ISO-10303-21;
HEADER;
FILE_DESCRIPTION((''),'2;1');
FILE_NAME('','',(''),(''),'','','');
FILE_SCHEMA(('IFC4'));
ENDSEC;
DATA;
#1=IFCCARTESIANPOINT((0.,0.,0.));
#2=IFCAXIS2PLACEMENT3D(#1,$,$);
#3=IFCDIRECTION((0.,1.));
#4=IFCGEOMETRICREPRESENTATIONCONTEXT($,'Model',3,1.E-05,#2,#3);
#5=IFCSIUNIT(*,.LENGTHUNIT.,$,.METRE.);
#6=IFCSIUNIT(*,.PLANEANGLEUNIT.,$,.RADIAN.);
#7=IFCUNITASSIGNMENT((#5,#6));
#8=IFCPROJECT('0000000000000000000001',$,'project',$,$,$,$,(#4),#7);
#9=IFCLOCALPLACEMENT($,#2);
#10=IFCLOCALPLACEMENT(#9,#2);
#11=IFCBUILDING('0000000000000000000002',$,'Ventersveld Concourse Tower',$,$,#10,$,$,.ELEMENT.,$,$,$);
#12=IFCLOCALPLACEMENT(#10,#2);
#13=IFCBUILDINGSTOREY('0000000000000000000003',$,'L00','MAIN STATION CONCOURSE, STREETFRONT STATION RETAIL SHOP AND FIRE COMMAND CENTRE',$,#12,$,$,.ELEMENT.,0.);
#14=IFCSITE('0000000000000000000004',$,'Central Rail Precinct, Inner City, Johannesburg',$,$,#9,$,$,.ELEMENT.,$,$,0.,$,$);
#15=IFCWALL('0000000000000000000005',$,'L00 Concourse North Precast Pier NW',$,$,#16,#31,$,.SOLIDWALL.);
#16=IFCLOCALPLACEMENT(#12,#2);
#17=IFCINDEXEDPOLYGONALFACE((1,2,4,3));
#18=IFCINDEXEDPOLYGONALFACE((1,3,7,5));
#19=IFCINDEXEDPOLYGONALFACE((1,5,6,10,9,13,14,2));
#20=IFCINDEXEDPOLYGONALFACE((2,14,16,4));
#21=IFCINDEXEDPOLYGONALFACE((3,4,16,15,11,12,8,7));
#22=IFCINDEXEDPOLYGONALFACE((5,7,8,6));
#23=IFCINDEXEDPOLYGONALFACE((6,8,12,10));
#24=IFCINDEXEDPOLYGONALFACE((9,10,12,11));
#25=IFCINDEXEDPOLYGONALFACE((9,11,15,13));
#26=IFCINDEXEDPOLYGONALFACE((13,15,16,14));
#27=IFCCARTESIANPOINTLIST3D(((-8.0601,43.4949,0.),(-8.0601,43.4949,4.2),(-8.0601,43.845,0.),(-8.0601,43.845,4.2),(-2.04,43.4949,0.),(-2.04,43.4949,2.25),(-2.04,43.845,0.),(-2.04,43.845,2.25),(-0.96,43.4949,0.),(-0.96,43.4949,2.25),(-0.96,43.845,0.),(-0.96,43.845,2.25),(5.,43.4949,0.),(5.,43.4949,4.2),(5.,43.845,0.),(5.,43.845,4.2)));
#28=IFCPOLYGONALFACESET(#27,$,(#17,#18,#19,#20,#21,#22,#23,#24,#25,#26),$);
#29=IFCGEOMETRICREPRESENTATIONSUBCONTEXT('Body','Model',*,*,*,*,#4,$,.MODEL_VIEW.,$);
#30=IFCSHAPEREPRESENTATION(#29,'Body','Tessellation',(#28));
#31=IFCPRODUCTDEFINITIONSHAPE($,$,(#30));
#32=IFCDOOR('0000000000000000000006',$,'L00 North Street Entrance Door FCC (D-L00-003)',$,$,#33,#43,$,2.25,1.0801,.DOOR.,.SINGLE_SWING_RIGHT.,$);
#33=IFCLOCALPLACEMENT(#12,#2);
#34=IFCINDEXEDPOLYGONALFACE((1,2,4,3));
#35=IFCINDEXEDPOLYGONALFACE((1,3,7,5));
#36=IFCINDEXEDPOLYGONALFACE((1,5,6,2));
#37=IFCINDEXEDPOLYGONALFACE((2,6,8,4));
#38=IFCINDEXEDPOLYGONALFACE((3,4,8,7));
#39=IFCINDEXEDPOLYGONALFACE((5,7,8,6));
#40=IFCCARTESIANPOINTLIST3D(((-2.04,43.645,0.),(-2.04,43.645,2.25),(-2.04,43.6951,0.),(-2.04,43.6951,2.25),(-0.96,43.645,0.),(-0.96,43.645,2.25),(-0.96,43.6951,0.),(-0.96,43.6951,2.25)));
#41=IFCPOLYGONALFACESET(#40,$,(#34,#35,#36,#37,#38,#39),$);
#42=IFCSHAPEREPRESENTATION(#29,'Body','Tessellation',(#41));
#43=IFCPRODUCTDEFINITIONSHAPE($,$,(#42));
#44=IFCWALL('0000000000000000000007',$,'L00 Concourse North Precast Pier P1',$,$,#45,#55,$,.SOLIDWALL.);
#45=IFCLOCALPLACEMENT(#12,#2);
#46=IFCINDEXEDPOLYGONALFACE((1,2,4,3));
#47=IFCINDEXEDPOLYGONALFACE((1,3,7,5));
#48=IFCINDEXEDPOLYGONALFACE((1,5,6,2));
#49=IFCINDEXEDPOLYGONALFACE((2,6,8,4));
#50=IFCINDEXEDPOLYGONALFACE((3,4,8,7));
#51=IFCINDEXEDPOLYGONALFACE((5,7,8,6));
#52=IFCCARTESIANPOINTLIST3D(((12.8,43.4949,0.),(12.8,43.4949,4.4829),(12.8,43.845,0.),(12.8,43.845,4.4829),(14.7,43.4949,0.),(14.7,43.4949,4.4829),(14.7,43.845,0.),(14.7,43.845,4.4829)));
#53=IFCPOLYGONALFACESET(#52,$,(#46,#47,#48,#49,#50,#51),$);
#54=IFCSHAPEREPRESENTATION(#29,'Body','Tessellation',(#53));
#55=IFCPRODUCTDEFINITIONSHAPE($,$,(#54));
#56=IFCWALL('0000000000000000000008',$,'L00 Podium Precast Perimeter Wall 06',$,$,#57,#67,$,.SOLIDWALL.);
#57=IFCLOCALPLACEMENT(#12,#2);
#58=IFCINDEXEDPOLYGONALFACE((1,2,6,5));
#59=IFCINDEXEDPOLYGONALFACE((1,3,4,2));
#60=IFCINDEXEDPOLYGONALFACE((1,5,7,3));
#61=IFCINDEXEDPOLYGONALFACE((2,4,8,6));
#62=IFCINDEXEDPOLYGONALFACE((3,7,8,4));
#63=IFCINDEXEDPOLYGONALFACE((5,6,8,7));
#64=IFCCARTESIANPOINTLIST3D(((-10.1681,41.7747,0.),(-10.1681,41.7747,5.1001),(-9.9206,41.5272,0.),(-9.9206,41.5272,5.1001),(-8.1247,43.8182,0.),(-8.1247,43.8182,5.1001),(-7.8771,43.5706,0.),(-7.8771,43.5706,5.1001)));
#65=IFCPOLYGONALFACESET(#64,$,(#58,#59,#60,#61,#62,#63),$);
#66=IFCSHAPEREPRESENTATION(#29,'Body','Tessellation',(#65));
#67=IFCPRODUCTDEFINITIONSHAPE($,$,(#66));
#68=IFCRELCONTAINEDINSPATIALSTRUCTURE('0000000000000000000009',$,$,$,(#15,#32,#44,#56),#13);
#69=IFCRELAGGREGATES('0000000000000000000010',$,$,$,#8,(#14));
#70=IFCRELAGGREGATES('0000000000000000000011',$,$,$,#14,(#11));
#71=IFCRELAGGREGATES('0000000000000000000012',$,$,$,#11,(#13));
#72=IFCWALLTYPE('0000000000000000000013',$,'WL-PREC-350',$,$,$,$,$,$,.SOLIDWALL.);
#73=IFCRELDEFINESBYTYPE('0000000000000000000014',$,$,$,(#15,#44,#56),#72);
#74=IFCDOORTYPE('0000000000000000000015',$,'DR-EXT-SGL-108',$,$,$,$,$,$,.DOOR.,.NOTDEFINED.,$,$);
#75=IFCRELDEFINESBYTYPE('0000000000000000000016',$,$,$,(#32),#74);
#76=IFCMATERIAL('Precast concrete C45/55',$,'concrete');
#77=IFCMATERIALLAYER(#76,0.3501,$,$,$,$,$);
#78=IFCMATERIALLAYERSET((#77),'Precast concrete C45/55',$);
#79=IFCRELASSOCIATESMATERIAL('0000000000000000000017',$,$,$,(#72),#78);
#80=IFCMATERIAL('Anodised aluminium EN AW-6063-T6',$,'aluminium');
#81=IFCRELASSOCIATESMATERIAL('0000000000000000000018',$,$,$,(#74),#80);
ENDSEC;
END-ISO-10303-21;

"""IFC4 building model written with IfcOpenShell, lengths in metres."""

from ifc_helpers import new_model, si_unit, direction, frame, frame_2d, origin, place, context, subcontext, project, spatial, rectangle, extrude, material, layer, layer_set, type_object, element, fill, save


model = new_model("IFC4")

# Units and contexts
model_context = context("Model", 3, precision=1e-05, world=origin(), true_north=direction((0.0, 1.0)))
body_context = subcontext(model_context, "Body", "Model", "MODEL_VIEW")
ifc_project = project(units=[si_unit("LENGTHUNIT", "METRE"), si_unit("PLANEANGLEUNIT", "RADIAN")], contexts=[model_context])

# Site, building, storey
site_placement = place(None, origin())
site = spatial("IfcSite", under=ifc_project, at=site_placement, Name="Central Rail Precinct, Inner City, Johannesburg", CompositionType="ELEMENT", RefElevation=0.0)
building_placement = place(site_placement, origin())
building = spatial("IfcBuilding", under=site, at=building_placement, Name="Ventersveld Concourse Tower", CompositionType="ELEMENT")
storey_placement = place(building_placement, origin())
storey = spatial("IfcBuildingStorey", under=building, at=storey_placement, Name="L00", Description="MAIN STATION CONCOURSE, STREETFRONT STATION RETAIL SHOP AND FIRE COMMAND CENTRE", CompositionType="ELEMENT", Elevation=0.0)

# Shared definitions
ifc_material_1 = material(Name="Anodised aluminium EN AW-6063-T6", Category="aluminium")

# Wall, opening, door
ifc_material_2 = material(Name="Precast concrete C45/55", Category="concrete")
ifc_layer_1 = layer(ifc_material_2, 0.3501)
ifc_layer_set_1 = layer_set([ifc_layer_1], Name="Precast concrete C45/55")
wall_type_1 = type_object("IfcWallType", Name="WL-PREC-350", PredefinedType="SOLIDWALL", material=ifc_layer_set_1)
wall_1_placement = place(storey_placement, frame((-8.0601, 43.6699, 0.0), z_axis=(0.0, 0.0, 1.0), x_axis=(1.0, 0.0, 0.0)))
wall_1 = element("IfcWall", 1, at=wall_1_placement, inside=storey, type_object=wall_type_1, Name="L00 Concourse North Precast Pier NW", PredefinedType="SOLIDWALL", context=body_context, shape_type="SweptSolid", body=[
    extrude(rectangle(XDim=13.0601, YDim=0.3501, at=frame_2d((6.53, 0.0))), origin(), (0.0, 0.0, 1.0), 4.2),
])
opening_placement = place(wall_1_placement, frame((6.02, 0.0, 0.0)))
opening = element("IfcOpeningElement", 2, at=opening_placement, cuts=wall_1, PredefinedType="OPENING", context=body_context, shape_type="SweptSolid", body=[
    extrude(rectangle(XDim=1.0801, YDim=2.25, at=frame_2d((0.54, 1.125))), frame((0.0, 0.1851, 0.0), z_axis=(0.0, -1.0, 0.0), x_axis=(1.0, 0.0, 0.0)), (0.0, 0.0, 1.0), 0.3701),
])
door_type = type_object("IfcDoorType", Name="DR-EXT-SGL-108", OperationType="NOTDEFINED", PredefinedType="DOOR", material=ifc_material_1)
door_placement = place(opening_placement, frame((1.0801, 0.0, 0.0), z_axis=(0.0, 0.0, 1.0), x_axis=(-1.0, 0.0, 0.0)))
door = element("IfcDoor", 3, at=door_placement, inside=storey, type_object=door_type, Name="L00 North Street Entrance Door FCC (D-L00-003)", OperationType="SINGLE_SWING_RIGHT", OverallHeight=2.25, OverallWidth=1.0801, PredefinedType="DOOR", context=body_context, shape_type="SweptSolid", body=[
    extrude(rectangle(XDim=1.0801, YDim=2.25, at=frame_2d((0.54, 1.125))), frame((0.0, 0.0249, 0.0), z_axis=(0.0, -1.0, 0.0), x_axis=(1.0, 0.0, 0.0)), (0.0, 0.0, 1.0), 0.05),
])
fill(opening, door)

# Walls
wall_2_placement = place(storey_placement, frame((12.8, 43.6699, 0.0), z_axis=(0.0, 0.0, 1.0), x_axis=(1.0, 0.0, 0.0)))
element("IfcWall", 4, at=wall_2_placement, inside=storey, type_object=wall_type_1, Name="L00 Concourse North Precast Pier P1", PredefinedType="SOLIDWALL", context=body_context, shape_type="SweptSolid", body=[
    extrude(rectangle(XDim=1.8999, YDim=0.3501, at=frame_2d((0.95, 0.0))), origin(), (0.0, 0.0, 1.0), 4.4829),
])
wall_3_placement = place(storey_placement, frame((-8.001, 43.6943, 0.0), z_axis=(0.0, 0.0, 1.0), x_axis=(-0.707107, -0.707107, 0.0)))
element("IfcWall", 5, at=wall_3_placement, inside=storey, type_object=wall_type_1, Name="L00 Podium Precast Perimeter Wall 06", PredefinedType="SOLIDWALL", context=body_context, shape_type="SweptSolid", body=[
    extrude(rectangle(XDim=2.8899, YDim=0.3501, at=frame_2d((1.4448, 0.0))), origin(), (0.0, 0.0, 1.0), 5.1001),
])

save(model, "model.ifc")
